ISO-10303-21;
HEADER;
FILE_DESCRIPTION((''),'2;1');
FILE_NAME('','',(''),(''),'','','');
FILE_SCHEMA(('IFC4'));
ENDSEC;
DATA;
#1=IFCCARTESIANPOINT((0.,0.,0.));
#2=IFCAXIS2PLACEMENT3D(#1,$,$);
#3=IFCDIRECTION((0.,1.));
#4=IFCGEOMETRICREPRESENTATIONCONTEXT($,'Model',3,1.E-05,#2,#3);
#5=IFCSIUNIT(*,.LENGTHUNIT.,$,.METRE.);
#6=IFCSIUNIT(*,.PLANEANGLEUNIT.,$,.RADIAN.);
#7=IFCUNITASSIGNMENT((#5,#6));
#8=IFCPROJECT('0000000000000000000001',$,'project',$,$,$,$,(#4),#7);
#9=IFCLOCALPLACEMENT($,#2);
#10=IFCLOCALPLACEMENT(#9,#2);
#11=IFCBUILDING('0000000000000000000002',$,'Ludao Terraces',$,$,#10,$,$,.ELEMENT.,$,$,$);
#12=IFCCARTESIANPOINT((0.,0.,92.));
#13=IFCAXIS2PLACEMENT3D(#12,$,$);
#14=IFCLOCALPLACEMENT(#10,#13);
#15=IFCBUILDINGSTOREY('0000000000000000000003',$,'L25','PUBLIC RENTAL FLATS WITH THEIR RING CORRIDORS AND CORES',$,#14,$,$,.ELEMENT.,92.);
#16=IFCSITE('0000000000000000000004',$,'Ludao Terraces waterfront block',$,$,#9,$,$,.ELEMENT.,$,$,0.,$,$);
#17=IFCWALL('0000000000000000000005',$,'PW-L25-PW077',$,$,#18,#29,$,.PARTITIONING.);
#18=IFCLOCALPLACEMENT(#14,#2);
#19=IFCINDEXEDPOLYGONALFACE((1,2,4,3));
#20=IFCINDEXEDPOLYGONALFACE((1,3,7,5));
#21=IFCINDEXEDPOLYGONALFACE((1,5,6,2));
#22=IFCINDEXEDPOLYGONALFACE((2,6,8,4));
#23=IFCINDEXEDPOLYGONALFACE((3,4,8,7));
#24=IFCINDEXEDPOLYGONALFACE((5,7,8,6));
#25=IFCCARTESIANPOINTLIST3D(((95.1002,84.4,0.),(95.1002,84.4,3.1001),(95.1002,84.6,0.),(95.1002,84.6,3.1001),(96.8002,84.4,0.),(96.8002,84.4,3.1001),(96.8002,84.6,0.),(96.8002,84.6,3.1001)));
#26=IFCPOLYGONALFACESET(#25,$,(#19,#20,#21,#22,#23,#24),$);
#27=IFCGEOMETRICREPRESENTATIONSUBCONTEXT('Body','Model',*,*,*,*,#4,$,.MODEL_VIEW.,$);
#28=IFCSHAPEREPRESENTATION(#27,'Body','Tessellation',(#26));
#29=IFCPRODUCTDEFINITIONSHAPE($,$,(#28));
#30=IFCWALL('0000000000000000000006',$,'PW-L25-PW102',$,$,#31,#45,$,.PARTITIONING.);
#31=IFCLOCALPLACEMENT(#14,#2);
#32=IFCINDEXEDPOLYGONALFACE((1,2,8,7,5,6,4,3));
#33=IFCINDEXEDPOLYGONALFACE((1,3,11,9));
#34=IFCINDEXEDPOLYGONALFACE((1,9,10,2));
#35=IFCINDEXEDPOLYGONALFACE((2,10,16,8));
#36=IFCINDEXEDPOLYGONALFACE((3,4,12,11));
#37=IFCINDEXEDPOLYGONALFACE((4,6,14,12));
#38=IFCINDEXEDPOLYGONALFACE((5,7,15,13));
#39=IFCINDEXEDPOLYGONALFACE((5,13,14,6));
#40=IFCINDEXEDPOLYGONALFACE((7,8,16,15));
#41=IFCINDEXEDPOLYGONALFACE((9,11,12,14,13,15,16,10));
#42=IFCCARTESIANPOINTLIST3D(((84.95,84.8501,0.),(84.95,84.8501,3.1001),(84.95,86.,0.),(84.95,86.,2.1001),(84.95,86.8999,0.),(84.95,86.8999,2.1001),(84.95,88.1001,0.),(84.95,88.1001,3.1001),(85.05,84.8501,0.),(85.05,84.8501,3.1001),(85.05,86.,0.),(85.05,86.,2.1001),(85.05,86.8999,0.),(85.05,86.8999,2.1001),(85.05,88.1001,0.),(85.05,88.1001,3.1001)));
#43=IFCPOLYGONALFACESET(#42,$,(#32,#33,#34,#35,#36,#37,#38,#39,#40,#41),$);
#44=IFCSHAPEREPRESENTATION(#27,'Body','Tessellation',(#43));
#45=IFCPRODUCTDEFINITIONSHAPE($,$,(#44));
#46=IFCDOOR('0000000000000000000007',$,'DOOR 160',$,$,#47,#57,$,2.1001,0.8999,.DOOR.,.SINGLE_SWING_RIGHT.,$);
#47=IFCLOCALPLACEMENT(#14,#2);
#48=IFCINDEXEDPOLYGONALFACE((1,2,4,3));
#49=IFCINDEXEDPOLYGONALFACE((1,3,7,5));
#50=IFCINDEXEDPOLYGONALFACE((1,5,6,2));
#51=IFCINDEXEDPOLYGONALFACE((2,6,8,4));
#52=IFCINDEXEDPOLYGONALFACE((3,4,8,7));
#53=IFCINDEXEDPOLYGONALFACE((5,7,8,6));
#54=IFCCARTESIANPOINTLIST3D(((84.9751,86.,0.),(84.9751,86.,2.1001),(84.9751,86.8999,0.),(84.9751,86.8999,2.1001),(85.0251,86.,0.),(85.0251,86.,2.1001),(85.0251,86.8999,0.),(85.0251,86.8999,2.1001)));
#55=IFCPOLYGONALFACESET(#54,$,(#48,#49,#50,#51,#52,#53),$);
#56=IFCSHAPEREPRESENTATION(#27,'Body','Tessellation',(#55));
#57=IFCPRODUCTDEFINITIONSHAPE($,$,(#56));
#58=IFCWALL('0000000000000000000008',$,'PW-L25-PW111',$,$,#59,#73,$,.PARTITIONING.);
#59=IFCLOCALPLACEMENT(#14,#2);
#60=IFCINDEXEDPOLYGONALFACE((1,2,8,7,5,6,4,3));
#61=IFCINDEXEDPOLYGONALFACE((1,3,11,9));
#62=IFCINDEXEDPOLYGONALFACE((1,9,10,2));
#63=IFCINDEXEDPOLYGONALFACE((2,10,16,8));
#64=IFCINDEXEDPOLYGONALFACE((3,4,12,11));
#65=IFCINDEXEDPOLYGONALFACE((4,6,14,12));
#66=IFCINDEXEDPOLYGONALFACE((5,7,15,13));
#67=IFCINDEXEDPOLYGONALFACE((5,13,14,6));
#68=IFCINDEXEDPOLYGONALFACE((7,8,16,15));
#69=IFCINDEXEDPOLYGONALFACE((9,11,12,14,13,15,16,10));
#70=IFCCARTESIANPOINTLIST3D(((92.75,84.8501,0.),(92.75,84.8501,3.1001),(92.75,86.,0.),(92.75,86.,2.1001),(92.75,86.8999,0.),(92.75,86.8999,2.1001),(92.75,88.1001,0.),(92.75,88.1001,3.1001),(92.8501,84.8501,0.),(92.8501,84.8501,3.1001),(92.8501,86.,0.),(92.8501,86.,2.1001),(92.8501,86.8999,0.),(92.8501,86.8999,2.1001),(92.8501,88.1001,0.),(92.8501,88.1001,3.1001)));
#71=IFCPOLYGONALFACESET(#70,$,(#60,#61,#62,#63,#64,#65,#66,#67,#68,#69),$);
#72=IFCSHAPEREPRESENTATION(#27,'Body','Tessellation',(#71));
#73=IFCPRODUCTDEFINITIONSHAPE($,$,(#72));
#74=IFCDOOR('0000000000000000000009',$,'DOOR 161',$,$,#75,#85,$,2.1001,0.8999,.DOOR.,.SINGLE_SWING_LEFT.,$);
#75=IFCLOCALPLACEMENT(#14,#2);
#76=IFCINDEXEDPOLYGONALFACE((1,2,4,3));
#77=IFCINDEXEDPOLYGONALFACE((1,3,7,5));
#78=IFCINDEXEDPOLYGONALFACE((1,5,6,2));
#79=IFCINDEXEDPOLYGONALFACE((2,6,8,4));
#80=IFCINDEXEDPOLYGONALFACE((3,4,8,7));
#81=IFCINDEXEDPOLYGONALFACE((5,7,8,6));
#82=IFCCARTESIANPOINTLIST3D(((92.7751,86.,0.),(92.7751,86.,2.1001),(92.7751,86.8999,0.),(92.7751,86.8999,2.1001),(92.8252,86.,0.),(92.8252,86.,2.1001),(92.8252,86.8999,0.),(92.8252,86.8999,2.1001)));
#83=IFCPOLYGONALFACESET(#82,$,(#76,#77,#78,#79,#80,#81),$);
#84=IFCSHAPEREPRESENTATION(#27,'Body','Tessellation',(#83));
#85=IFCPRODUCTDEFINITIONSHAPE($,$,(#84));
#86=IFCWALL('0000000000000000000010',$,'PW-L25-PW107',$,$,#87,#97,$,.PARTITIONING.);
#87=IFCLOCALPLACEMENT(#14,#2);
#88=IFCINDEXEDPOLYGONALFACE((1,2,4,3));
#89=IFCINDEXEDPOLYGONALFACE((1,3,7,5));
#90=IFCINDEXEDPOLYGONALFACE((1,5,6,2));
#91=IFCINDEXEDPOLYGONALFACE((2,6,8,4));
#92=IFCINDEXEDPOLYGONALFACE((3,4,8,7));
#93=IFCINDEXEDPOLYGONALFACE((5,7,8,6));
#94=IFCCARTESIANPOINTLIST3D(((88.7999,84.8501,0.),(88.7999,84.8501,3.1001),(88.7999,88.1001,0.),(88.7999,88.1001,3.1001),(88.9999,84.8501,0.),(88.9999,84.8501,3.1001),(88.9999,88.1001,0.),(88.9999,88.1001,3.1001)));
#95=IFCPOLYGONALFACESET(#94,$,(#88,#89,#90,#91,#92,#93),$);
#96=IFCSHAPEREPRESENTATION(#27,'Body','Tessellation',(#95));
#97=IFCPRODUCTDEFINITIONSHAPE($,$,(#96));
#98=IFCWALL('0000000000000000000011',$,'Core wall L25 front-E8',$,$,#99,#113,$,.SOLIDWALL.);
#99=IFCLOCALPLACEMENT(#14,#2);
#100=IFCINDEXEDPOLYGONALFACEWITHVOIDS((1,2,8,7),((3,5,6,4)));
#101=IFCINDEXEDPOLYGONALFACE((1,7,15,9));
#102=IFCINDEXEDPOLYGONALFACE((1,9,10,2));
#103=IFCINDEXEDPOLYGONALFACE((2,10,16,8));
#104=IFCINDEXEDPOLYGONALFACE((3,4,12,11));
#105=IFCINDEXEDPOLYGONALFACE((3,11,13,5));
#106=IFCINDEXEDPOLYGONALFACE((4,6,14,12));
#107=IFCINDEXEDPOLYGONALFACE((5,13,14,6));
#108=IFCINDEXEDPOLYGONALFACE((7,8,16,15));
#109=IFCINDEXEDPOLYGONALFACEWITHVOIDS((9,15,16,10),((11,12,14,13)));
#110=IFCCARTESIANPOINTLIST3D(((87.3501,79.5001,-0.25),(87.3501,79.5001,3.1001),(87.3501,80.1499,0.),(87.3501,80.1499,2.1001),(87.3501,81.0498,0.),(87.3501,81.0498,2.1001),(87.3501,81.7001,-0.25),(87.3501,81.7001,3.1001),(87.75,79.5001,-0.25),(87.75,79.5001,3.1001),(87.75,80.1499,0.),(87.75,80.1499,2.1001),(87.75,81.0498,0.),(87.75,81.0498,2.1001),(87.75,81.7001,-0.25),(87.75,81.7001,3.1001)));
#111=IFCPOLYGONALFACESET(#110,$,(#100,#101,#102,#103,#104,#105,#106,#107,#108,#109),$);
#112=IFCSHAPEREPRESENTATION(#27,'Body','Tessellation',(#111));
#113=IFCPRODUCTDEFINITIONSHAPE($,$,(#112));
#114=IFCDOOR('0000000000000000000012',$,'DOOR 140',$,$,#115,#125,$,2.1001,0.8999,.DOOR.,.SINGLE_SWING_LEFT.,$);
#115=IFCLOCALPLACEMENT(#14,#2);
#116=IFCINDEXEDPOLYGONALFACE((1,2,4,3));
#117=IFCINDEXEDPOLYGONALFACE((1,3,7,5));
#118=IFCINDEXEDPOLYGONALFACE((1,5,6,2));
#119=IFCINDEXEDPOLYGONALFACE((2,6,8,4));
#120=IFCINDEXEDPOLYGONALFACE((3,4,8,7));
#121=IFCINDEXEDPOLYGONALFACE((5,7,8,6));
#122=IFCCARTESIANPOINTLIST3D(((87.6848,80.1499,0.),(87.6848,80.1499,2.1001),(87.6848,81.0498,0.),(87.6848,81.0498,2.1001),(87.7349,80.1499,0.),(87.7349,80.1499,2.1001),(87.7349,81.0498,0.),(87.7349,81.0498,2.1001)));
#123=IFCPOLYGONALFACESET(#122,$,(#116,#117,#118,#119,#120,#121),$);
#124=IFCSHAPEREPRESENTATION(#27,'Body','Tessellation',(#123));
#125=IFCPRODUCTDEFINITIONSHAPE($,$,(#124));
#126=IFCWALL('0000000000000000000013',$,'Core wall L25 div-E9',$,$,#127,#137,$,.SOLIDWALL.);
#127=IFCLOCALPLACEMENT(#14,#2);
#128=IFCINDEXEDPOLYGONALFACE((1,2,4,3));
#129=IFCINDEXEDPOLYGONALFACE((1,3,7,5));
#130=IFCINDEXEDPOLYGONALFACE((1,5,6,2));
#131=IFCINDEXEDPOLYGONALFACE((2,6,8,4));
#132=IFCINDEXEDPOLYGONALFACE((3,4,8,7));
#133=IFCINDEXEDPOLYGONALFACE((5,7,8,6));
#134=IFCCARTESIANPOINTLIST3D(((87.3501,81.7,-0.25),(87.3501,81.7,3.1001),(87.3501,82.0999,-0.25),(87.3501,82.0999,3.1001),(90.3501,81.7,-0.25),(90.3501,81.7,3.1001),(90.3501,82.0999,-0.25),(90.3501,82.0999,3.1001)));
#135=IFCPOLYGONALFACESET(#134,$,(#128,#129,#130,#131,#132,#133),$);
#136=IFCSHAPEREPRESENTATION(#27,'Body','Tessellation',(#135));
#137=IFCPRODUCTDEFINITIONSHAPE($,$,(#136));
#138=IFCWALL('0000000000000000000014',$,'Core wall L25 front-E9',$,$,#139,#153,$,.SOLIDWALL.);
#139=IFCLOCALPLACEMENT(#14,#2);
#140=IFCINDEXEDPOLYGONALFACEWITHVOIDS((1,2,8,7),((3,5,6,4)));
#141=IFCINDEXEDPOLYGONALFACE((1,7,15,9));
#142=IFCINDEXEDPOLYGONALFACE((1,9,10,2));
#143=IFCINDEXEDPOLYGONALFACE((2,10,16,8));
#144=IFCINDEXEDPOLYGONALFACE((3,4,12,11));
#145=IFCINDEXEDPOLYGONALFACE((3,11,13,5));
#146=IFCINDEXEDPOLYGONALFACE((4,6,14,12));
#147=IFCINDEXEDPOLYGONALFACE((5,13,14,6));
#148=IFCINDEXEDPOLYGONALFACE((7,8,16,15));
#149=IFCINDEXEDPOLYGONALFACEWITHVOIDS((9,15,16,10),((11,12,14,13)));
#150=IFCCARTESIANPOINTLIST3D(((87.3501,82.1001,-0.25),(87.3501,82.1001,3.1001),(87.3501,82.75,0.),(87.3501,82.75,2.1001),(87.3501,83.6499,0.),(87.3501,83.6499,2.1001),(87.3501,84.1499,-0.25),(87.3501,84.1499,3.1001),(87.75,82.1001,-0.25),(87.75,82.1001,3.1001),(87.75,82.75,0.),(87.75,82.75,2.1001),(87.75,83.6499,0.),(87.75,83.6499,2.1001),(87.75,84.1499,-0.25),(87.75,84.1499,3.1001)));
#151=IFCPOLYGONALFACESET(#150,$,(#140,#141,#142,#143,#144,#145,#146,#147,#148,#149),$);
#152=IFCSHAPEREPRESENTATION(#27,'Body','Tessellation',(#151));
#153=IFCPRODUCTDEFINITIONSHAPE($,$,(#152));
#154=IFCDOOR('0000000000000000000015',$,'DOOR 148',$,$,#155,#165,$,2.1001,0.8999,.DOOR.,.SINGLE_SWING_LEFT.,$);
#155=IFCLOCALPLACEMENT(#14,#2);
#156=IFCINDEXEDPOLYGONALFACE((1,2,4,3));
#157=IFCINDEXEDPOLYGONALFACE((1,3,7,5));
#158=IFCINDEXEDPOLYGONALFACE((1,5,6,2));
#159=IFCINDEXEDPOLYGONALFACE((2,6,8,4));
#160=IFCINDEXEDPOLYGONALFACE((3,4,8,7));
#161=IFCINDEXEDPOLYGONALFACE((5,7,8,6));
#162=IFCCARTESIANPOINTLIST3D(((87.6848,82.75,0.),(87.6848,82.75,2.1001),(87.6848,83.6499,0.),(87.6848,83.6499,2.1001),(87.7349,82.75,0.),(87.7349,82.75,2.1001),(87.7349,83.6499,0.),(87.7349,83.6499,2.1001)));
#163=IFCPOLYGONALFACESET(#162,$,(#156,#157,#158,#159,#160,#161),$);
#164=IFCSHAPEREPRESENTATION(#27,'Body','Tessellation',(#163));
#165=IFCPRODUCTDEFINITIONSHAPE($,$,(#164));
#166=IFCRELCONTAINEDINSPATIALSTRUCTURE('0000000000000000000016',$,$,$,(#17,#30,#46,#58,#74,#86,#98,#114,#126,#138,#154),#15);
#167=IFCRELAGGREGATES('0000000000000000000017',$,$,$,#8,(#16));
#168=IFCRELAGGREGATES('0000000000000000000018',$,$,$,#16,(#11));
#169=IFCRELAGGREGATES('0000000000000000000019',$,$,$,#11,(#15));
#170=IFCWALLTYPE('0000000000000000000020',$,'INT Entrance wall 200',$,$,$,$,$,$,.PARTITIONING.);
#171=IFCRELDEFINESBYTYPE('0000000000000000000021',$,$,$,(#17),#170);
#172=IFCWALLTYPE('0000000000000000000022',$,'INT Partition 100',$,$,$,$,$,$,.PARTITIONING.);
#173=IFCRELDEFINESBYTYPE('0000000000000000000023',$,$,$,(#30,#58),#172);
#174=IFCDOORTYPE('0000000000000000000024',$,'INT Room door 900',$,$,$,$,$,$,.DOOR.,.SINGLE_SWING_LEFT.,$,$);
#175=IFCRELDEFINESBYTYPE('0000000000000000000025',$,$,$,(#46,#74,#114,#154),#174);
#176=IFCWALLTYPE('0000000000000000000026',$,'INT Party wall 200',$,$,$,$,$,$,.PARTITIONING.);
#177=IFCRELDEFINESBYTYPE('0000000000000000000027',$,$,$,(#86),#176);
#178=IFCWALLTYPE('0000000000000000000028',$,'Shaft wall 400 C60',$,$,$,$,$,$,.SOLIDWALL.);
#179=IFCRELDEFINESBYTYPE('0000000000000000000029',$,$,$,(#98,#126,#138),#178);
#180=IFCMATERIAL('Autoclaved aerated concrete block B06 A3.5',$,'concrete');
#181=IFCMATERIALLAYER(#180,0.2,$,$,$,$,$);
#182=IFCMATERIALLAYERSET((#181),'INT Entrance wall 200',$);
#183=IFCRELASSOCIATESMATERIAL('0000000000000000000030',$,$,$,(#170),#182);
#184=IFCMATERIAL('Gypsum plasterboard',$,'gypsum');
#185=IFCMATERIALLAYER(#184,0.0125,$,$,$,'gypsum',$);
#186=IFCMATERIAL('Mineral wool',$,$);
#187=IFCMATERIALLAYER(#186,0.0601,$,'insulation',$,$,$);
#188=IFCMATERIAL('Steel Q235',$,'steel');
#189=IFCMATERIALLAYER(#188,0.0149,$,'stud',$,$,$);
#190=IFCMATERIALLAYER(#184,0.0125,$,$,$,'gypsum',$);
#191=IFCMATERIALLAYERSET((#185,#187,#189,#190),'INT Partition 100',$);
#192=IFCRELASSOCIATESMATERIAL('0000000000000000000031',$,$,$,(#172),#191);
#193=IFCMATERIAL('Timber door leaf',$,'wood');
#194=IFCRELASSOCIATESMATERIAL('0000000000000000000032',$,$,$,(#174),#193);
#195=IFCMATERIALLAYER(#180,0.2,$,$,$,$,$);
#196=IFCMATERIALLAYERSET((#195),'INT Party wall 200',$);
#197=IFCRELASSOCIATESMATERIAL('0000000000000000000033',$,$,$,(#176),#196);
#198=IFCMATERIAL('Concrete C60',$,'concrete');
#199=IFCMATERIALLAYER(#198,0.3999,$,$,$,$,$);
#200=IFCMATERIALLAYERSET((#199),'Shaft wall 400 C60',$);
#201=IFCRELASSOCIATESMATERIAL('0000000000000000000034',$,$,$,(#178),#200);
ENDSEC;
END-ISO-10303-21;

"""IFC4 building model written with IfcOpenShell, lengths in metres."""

from ifc_helpers import new_model, si_unit, direction, frame, frame_2d, origin, place, context, subcontext, project, spatial, rectangle, extrude, material, layer, layer_set, type_object, element, fill, save


model = new_model("IFC4")

# Units and contexts
model_context = context("Model", 3, precision=1e-05, world=origin(), true_north=direction((0.0, 1.0)))
body_context = subcontext(model_context, "Body", "Model", "MODEL_VIEW")
ifc_project = project(units=[si_unit("LENGTHUNIT", "METRE"), si_unit("PLANEANGLEUNIT", "RADIAN")], contexts=[model_context])

# Site, building, storey
site_placement = place(None, origin())
site = spatial("IfcSite", under=ifc_project, at=site_placement, Name="Ludao Terraces waterfront block", CompositionType="ELEMENT", RefElevation=0.0)
building_placement = place(site_placement, origin())
building = spatial("IfcBuilding", under=site, at=building_placement, Name="Ludao Terraces", CompositionType="ELEMENT")
storey_placement = place(building_placement, frame((0.0, 0.0, 92.0)))
storey = spatial("IfcBuildingStorey", under=building, at=storey_placement, Name="L25", Description="PUBLIC RENTAL FLATS WITH THEIR RING CORRIDORS AND CORES", CompositionType="ELEMENT", Elevation=92.0)

# Shared definitions
ifc_material_1 = material(Name="Mineral wool")

# Wall
ifc_material_2 = material(Name="Autoclaved aerated concrete block B06 A3.5", Category="concrete")
ifc_layer_1 = layer(ifc_material_2, 0.2)
ifc_layer_set_1 = layer_set([ifc_layer_1], Name="INT Entrance wall 200")
wall_type_1 = type_object("IfcWallType", Name="INT Entrance wall 200", PredefinedType="PARTITIONING", material=ifc_layer_set_1)
wall_1_placement = place(storey_placement, frame((95.1001, 84.5, 0.0), z_axis=(0.0, 0.0, 1.0), x_axis=(1.0, 0.0, 0.0)))
element("IfcWall", 1, at=wall_1_placement, inside=storey, type_object=wall_type_1, Name="PW-L25-PW077", PredefinedType="PARTITIONING", context=body_context, shape_type="SweptSolid", body=[
    extrude(rectangle(XDim=1.7, YDim=0.2, at=frame_2d((0.8501, 0.0))), origin(), (0.0, 0.0, 1.0), 3.1001),
])

# Walls, openings, doors
ifc_material_3 = material(Name="Gypsum plasterboard", Category="gypsum")
ifc_layer_2 = layer(ifc_material_3, 0.0125, Category="gypsum")
ifc_layer_3 = layer(ifc_material_1, 0.0601, Name="insulation")
ifc_material_4 = material(Name="Steel Q235", Category="steel")
ifc_layer_4 = layer(ifc_material_4, 0.0149, Name="stud")
ifc_layer_5 = layer(ifc_material_3, 0.0125, Category="gypsum")
ifc_layer_set_2 = layer_set([ifc_layer_2, ifc_layer_3, ifc_layer_4, ifc_layer_5], Name="INT Partition 100")
wall_type_2 = type_object("IfcWallType", Name="INT Partition 100", PredefinedType="PARTITIONING", material=ifc_layer_set_2)
wall_2_placement = place(storey_placement, frame((85.0, 84.8501, 0.0), z_axis=(0.0, 0.0, 1.0), x_axis=(0.0, 1.0, 0.0)))
wall_2 = element("IfcWall", 2, at=wall_2_placement, inside=storey, type_object=wall_type_2, Name="PW-L25-PW102", PredefinedType="PARTITIONING", context=body_context, shape_type="SweptSolid", body=[
    extrude(rectangle(XDim=3.25, YDim=0.1001, at=frame_2d((1.625, 0.0))), origin(), (0.0, 0.0, 1.0), 3.1001),
])
opening_1_placement = place(wall_2_placement, frame((1.1499, 0.0, 0.0)))
opening_1 = element("IfcOpeningElement", 3, at=opening_1_placement, cuts=wall_2, PredefinedType="OPENING", context=body_context, shape_type="SweptSolid", body=[
    extrude(rectangle(XDim=0.8999, YDim=2.1001, at=frame_2d((0.45, 1.05))), frame((0.0, 0.0601, 0.0), z_axis=(0.0, -1.0, 0.0), x_axis=(1.0, 0.0, 0.0)), (0.0, 0.0, 1.0), 0.1201),
])
ifc_material_5 = material(Name="Timber door leaf", Category="wood")
door_type_1 = type_object("IfcDoorType", Name="INT Room door 900", OperationType="SINGLE_SWING_LEFT", PredefinedType="DOOR", material=ifc_material_5)
door_1_placement = place(opening_1_placement, origin())
door_1 = element("IfcDoor", 4, at=door_1_placement, inside=storey, type_object=door_type_1, Name="DOOR 160", OperationType="SINGLE_SWING_RIGHT", OverallHeight=2.1001, OverallWidth=0.8999, PredefinedType="DOOR", context=body_context, shape_type="SweptSolid", body=[
    extrude(rectangle(XDim=0.8999, YDim=2.1001, at=frame_2d((0.45, 1.05))), frame((0.0, 0.0249, 0.0), z_axis=(0.0, -1.0, 0.0), x_axis=(1.0, 0.0, 0.0)), (0.0, 0.0, 1.0), 0.05),
])
fill(opening_1, door_1)
wall_3_placement = place(storey_placement, frame((92.8, 84.8501, 0.0), z_axis=(0.0, 0.0, 1.0), x_axis=(0.0, 1.0, 0.0)))
wall_3 = element("IfcWall", 5, at=wall_3_placement, inside=storey, type_object=wall_type_2, Name="PW-L25-PW111", PredefinedType="PARTITIONING", context=body_context, shape_type="SweptSolid", body=[
    extrude(rectangle(XDim=3.25, YDim=0.1001, at=frame_2d((1.625, 0.0))), origin(), (0.0, 0.0, 1.0), 3.1001),
])
opening_2_placement = place(wall_3_placement, frame((1.1499, 0.0, 0.0)))
opening_2 = element("IfcOpeningElement", 6, at=opening_2_placement, cuts=wall_3, PredefinedType="OPENING", context=body_context, shape_type="SweptSolid", body=[
    extrude(rectangle(XDim=0.8999, YDim=2.1001, at=frame_2d((0.45, 1.05))), frame((0.0, 0.0601, 0.0), z_axis=(0.0, -1.0, 0.0), x_axis=(1.0, 0.0, 0.0)), (0.0, 0.0, 1.0), 0.1201),
])
door_2_placement = place(opening_2_placement, origin())
door_2 = element("IfcDoor", 7, at=door_2_placement, inside=storey, type_object=door_type_1, Name="DOOR 161", OperationType="SINGLE_SWING_LEFT", OverallHeight=2.1001, OverallWidth=0.8999, PredefinedType="DOOR", context=body_context, shape_type="SweptSolid", body=[
    extrude(rectangle(XDim=0.8999, YDim=2.1001, at=frame_2d((0.45, 1.05))), frame((0.0, 0.0249, 0.0), z_axis=(0.0, -1.0, 0.0), x_axis=(1.0, 0.0, 0.0)), (0.0, 0.0, 1.0), 0.05),
])
fill(opening_2, door_2)

# Wall
ifc_layer_6 = layer(ifc_material_2, 0.2)
ifc_layer_set_3 = layer_set([ifc_layer_6], Name="INT Party wall 200")
wall_type_3 = type_object("IfcWallType", Name="INT Party wall 200", PredefinedType="PARTITIONING", material=ifc_layer_set_3)
wall_4_placement = place(storey_placement, frame((88.8999, 84.8501, 0.0), z_axis=(0.0, 0.0, 1.0), x_axis=(0.0, 1.0, 0.0)))
element("IfcWall", 8, at=wall_4_placement, inside=storey, type_object=wall_type_3, Name="PW-L25-PW107", PredefinedType="PARTITIONING", context=body_context, shape_type="SweptSolid", body=[
    extrude(rectangle(XDim=3.25, YDim=0.2, at=frame_2d((1.625, 0.0))), origin(), (0.0, 0.0, 1.0), 3.1001),
])

# Wall, opening, door
ifc_material_6 = material(Name="Concrete C60", Category="concrete")
ifc_layer_7 = layer(ifc_material_6, 0.3999)
ifc_layer_set_4 = layer_set([ifc_layer_7], Name="Shaft wall 400 C60")
wall_type_4 = type_object("IfcWallType", Name="Shaft wall 400 C60", PredefinedType="SOLIDWALL", material=ifc_layer_set_4)
wall_5_placement = place(storey_placement, frame((87.55, 79.5, -0.25), z_axis=(0.0, 0.0, 1.0), x_axis=(0.0, 1.0, 0.0)))
wall_5 = element("IfcWall", 9, at=wall_5_placement, inside=storey, type_object=wall_type_4, Name="Core wall L25 front-E8", PredefinedType="SOLIDWALL", context=body_context, shape_type="SweptSolid", body=[
    extrude(rectangle(XDim=2.2, YDim=0.3999, at=frame_2d((1.1001, 0.0))), origin(), (0.0, 0.0, 1.0), 3.3501),
])
opening_3_placement = place(wall_5_placement, frame((0.6499, 0.0, 0.25)))
opening_3 = element("IfcOpeningElement", 10, at=opening_3_placement, cuts=wall_5, PredefinedType="OPENING", context=body_context, shape_type="SweptSolid", body=[
    extrude(rectangle(XDim=0.8999, YDim=2.1001, at=frame_2d((0.45, 1.05))), frame((0.0, 0.21, 0.0), z_axis=(0.0, -1.0, 0.0), x_axis=(1.0, 0.0, 0.0)), (0.0, 0.0, 1.0), 0.4199),
])
door_3_placement = place(opening_3_placement, origin())
door_3 = element("IfcDoor", 11, at=door_3_placement, inside=storey, type_object=door_type_1, Name="DOOR 140", OperationType="SINGLE_SWING_LEFT", OverallHeight=2.1001, OverallWidth=0.8999, PredefinedType="DOOR", context=body_context, shape_type="SweptSolid", body=[
    extrude(rectangle(XDim=0.8999, YDim=2.1001, at=frame_2d((0.45, 1.05))), frame((0.0, -0.1348, 0.0), z_axis=(0.0, -1.0, 0.0), x_axis=(1.0, 0.0, 0.0)), (0.0, 0.0, 1.0), 0.05),
])
fill(opening_3, door_3)

# Wall
wall_6_placement = place(storey_placement, frame((87.3501, 81.8999, -0.25), z_axis=(0.0, 0.0, 1.0), x_axis=(1.0, 0.0, 0.0)))
element("IfcWall", 12, at=wall_6_placement, inside=storey, type_object=wall_type_4, Name="Core wall L25 div-E9", PredefinedType="SOLIDWALL", context=body_context, shape_type="SweptSolid", body=[
    extrude(rectangle(XDim=3.0, YDim=0.3999, at=frame_2d((1.5, 0.0))), origin(), (0.0, 0.0, 1.0), 3.3501),
])

# Wall, opening, door
wall_7_placement = place(storey_placement, frame((87.55, 82.1001, -0.25), z_axis=(0.0, 0.0, 1.0), x_axis=(0.0, 1.0, 0.0)))
wall_7 = element("IfcWall", 13, at=wall_7_placement, inside=storey, type_object=wall_type_4, Name="Core wall L25 front-E9", PredefinedType="SOLIDWALL", context=body_context, shape_type="SweptSolid", body=[
    extrude(rectangle(XDim=2.0498, YDim=0.3999, at=frame_2d((1.0249, 0.0))), origin(), (0.0, 0.0, 1.0), 3.3501),
])
opening_4_placement = place(wall_7_placement, frame((0.6499, 0.0, 0.25)))
opening_4 = element("IfcOpeningElement", 14, at=opening_4_placement, cuts=wall_7, PredefinedType="OPENING", context=body_context, shape_type="SweptSolid", body=[
    extrude(rectangle(XDim=0.8999, YDim=2.1001, at=frame_2d((0.45, 1.05))), frame((0.0, 0.21, 0.0), z_axis=(0.0, -1.0, 0.0), x_axis=(1.0, 0.0, 0.0)), (0.0, 0.0, 1.0), 0.4199),
])
door_4_placement = place(opening_4_placement, origin())
door_4 = element("IfcDoor", 15, at=door_4_placement, inside=storey, type_object=door_type_1, Name="DOOR 148", OperationType="SINGLE_SWING_LEFT", OverallHeight=2.1001, OverallWidth=0.8999, PredefinedType="DOOR", context=body_context, shape_type="SweptSolid", body=[
    extrude(rectangle(XDim=0.8999, YDim=2.1001, at=frame_2d((0.45, 1.05))), frame((0.0, -0.1348, 0.0), z_axis=(0.0, -1.0, 0.0), x_axis=(1.0, 0.0, 0.0)), (0.0, 0.0, 1.0), 0.05),
])
fill(opening_4, door_4)

save(model, "model.ifc")
